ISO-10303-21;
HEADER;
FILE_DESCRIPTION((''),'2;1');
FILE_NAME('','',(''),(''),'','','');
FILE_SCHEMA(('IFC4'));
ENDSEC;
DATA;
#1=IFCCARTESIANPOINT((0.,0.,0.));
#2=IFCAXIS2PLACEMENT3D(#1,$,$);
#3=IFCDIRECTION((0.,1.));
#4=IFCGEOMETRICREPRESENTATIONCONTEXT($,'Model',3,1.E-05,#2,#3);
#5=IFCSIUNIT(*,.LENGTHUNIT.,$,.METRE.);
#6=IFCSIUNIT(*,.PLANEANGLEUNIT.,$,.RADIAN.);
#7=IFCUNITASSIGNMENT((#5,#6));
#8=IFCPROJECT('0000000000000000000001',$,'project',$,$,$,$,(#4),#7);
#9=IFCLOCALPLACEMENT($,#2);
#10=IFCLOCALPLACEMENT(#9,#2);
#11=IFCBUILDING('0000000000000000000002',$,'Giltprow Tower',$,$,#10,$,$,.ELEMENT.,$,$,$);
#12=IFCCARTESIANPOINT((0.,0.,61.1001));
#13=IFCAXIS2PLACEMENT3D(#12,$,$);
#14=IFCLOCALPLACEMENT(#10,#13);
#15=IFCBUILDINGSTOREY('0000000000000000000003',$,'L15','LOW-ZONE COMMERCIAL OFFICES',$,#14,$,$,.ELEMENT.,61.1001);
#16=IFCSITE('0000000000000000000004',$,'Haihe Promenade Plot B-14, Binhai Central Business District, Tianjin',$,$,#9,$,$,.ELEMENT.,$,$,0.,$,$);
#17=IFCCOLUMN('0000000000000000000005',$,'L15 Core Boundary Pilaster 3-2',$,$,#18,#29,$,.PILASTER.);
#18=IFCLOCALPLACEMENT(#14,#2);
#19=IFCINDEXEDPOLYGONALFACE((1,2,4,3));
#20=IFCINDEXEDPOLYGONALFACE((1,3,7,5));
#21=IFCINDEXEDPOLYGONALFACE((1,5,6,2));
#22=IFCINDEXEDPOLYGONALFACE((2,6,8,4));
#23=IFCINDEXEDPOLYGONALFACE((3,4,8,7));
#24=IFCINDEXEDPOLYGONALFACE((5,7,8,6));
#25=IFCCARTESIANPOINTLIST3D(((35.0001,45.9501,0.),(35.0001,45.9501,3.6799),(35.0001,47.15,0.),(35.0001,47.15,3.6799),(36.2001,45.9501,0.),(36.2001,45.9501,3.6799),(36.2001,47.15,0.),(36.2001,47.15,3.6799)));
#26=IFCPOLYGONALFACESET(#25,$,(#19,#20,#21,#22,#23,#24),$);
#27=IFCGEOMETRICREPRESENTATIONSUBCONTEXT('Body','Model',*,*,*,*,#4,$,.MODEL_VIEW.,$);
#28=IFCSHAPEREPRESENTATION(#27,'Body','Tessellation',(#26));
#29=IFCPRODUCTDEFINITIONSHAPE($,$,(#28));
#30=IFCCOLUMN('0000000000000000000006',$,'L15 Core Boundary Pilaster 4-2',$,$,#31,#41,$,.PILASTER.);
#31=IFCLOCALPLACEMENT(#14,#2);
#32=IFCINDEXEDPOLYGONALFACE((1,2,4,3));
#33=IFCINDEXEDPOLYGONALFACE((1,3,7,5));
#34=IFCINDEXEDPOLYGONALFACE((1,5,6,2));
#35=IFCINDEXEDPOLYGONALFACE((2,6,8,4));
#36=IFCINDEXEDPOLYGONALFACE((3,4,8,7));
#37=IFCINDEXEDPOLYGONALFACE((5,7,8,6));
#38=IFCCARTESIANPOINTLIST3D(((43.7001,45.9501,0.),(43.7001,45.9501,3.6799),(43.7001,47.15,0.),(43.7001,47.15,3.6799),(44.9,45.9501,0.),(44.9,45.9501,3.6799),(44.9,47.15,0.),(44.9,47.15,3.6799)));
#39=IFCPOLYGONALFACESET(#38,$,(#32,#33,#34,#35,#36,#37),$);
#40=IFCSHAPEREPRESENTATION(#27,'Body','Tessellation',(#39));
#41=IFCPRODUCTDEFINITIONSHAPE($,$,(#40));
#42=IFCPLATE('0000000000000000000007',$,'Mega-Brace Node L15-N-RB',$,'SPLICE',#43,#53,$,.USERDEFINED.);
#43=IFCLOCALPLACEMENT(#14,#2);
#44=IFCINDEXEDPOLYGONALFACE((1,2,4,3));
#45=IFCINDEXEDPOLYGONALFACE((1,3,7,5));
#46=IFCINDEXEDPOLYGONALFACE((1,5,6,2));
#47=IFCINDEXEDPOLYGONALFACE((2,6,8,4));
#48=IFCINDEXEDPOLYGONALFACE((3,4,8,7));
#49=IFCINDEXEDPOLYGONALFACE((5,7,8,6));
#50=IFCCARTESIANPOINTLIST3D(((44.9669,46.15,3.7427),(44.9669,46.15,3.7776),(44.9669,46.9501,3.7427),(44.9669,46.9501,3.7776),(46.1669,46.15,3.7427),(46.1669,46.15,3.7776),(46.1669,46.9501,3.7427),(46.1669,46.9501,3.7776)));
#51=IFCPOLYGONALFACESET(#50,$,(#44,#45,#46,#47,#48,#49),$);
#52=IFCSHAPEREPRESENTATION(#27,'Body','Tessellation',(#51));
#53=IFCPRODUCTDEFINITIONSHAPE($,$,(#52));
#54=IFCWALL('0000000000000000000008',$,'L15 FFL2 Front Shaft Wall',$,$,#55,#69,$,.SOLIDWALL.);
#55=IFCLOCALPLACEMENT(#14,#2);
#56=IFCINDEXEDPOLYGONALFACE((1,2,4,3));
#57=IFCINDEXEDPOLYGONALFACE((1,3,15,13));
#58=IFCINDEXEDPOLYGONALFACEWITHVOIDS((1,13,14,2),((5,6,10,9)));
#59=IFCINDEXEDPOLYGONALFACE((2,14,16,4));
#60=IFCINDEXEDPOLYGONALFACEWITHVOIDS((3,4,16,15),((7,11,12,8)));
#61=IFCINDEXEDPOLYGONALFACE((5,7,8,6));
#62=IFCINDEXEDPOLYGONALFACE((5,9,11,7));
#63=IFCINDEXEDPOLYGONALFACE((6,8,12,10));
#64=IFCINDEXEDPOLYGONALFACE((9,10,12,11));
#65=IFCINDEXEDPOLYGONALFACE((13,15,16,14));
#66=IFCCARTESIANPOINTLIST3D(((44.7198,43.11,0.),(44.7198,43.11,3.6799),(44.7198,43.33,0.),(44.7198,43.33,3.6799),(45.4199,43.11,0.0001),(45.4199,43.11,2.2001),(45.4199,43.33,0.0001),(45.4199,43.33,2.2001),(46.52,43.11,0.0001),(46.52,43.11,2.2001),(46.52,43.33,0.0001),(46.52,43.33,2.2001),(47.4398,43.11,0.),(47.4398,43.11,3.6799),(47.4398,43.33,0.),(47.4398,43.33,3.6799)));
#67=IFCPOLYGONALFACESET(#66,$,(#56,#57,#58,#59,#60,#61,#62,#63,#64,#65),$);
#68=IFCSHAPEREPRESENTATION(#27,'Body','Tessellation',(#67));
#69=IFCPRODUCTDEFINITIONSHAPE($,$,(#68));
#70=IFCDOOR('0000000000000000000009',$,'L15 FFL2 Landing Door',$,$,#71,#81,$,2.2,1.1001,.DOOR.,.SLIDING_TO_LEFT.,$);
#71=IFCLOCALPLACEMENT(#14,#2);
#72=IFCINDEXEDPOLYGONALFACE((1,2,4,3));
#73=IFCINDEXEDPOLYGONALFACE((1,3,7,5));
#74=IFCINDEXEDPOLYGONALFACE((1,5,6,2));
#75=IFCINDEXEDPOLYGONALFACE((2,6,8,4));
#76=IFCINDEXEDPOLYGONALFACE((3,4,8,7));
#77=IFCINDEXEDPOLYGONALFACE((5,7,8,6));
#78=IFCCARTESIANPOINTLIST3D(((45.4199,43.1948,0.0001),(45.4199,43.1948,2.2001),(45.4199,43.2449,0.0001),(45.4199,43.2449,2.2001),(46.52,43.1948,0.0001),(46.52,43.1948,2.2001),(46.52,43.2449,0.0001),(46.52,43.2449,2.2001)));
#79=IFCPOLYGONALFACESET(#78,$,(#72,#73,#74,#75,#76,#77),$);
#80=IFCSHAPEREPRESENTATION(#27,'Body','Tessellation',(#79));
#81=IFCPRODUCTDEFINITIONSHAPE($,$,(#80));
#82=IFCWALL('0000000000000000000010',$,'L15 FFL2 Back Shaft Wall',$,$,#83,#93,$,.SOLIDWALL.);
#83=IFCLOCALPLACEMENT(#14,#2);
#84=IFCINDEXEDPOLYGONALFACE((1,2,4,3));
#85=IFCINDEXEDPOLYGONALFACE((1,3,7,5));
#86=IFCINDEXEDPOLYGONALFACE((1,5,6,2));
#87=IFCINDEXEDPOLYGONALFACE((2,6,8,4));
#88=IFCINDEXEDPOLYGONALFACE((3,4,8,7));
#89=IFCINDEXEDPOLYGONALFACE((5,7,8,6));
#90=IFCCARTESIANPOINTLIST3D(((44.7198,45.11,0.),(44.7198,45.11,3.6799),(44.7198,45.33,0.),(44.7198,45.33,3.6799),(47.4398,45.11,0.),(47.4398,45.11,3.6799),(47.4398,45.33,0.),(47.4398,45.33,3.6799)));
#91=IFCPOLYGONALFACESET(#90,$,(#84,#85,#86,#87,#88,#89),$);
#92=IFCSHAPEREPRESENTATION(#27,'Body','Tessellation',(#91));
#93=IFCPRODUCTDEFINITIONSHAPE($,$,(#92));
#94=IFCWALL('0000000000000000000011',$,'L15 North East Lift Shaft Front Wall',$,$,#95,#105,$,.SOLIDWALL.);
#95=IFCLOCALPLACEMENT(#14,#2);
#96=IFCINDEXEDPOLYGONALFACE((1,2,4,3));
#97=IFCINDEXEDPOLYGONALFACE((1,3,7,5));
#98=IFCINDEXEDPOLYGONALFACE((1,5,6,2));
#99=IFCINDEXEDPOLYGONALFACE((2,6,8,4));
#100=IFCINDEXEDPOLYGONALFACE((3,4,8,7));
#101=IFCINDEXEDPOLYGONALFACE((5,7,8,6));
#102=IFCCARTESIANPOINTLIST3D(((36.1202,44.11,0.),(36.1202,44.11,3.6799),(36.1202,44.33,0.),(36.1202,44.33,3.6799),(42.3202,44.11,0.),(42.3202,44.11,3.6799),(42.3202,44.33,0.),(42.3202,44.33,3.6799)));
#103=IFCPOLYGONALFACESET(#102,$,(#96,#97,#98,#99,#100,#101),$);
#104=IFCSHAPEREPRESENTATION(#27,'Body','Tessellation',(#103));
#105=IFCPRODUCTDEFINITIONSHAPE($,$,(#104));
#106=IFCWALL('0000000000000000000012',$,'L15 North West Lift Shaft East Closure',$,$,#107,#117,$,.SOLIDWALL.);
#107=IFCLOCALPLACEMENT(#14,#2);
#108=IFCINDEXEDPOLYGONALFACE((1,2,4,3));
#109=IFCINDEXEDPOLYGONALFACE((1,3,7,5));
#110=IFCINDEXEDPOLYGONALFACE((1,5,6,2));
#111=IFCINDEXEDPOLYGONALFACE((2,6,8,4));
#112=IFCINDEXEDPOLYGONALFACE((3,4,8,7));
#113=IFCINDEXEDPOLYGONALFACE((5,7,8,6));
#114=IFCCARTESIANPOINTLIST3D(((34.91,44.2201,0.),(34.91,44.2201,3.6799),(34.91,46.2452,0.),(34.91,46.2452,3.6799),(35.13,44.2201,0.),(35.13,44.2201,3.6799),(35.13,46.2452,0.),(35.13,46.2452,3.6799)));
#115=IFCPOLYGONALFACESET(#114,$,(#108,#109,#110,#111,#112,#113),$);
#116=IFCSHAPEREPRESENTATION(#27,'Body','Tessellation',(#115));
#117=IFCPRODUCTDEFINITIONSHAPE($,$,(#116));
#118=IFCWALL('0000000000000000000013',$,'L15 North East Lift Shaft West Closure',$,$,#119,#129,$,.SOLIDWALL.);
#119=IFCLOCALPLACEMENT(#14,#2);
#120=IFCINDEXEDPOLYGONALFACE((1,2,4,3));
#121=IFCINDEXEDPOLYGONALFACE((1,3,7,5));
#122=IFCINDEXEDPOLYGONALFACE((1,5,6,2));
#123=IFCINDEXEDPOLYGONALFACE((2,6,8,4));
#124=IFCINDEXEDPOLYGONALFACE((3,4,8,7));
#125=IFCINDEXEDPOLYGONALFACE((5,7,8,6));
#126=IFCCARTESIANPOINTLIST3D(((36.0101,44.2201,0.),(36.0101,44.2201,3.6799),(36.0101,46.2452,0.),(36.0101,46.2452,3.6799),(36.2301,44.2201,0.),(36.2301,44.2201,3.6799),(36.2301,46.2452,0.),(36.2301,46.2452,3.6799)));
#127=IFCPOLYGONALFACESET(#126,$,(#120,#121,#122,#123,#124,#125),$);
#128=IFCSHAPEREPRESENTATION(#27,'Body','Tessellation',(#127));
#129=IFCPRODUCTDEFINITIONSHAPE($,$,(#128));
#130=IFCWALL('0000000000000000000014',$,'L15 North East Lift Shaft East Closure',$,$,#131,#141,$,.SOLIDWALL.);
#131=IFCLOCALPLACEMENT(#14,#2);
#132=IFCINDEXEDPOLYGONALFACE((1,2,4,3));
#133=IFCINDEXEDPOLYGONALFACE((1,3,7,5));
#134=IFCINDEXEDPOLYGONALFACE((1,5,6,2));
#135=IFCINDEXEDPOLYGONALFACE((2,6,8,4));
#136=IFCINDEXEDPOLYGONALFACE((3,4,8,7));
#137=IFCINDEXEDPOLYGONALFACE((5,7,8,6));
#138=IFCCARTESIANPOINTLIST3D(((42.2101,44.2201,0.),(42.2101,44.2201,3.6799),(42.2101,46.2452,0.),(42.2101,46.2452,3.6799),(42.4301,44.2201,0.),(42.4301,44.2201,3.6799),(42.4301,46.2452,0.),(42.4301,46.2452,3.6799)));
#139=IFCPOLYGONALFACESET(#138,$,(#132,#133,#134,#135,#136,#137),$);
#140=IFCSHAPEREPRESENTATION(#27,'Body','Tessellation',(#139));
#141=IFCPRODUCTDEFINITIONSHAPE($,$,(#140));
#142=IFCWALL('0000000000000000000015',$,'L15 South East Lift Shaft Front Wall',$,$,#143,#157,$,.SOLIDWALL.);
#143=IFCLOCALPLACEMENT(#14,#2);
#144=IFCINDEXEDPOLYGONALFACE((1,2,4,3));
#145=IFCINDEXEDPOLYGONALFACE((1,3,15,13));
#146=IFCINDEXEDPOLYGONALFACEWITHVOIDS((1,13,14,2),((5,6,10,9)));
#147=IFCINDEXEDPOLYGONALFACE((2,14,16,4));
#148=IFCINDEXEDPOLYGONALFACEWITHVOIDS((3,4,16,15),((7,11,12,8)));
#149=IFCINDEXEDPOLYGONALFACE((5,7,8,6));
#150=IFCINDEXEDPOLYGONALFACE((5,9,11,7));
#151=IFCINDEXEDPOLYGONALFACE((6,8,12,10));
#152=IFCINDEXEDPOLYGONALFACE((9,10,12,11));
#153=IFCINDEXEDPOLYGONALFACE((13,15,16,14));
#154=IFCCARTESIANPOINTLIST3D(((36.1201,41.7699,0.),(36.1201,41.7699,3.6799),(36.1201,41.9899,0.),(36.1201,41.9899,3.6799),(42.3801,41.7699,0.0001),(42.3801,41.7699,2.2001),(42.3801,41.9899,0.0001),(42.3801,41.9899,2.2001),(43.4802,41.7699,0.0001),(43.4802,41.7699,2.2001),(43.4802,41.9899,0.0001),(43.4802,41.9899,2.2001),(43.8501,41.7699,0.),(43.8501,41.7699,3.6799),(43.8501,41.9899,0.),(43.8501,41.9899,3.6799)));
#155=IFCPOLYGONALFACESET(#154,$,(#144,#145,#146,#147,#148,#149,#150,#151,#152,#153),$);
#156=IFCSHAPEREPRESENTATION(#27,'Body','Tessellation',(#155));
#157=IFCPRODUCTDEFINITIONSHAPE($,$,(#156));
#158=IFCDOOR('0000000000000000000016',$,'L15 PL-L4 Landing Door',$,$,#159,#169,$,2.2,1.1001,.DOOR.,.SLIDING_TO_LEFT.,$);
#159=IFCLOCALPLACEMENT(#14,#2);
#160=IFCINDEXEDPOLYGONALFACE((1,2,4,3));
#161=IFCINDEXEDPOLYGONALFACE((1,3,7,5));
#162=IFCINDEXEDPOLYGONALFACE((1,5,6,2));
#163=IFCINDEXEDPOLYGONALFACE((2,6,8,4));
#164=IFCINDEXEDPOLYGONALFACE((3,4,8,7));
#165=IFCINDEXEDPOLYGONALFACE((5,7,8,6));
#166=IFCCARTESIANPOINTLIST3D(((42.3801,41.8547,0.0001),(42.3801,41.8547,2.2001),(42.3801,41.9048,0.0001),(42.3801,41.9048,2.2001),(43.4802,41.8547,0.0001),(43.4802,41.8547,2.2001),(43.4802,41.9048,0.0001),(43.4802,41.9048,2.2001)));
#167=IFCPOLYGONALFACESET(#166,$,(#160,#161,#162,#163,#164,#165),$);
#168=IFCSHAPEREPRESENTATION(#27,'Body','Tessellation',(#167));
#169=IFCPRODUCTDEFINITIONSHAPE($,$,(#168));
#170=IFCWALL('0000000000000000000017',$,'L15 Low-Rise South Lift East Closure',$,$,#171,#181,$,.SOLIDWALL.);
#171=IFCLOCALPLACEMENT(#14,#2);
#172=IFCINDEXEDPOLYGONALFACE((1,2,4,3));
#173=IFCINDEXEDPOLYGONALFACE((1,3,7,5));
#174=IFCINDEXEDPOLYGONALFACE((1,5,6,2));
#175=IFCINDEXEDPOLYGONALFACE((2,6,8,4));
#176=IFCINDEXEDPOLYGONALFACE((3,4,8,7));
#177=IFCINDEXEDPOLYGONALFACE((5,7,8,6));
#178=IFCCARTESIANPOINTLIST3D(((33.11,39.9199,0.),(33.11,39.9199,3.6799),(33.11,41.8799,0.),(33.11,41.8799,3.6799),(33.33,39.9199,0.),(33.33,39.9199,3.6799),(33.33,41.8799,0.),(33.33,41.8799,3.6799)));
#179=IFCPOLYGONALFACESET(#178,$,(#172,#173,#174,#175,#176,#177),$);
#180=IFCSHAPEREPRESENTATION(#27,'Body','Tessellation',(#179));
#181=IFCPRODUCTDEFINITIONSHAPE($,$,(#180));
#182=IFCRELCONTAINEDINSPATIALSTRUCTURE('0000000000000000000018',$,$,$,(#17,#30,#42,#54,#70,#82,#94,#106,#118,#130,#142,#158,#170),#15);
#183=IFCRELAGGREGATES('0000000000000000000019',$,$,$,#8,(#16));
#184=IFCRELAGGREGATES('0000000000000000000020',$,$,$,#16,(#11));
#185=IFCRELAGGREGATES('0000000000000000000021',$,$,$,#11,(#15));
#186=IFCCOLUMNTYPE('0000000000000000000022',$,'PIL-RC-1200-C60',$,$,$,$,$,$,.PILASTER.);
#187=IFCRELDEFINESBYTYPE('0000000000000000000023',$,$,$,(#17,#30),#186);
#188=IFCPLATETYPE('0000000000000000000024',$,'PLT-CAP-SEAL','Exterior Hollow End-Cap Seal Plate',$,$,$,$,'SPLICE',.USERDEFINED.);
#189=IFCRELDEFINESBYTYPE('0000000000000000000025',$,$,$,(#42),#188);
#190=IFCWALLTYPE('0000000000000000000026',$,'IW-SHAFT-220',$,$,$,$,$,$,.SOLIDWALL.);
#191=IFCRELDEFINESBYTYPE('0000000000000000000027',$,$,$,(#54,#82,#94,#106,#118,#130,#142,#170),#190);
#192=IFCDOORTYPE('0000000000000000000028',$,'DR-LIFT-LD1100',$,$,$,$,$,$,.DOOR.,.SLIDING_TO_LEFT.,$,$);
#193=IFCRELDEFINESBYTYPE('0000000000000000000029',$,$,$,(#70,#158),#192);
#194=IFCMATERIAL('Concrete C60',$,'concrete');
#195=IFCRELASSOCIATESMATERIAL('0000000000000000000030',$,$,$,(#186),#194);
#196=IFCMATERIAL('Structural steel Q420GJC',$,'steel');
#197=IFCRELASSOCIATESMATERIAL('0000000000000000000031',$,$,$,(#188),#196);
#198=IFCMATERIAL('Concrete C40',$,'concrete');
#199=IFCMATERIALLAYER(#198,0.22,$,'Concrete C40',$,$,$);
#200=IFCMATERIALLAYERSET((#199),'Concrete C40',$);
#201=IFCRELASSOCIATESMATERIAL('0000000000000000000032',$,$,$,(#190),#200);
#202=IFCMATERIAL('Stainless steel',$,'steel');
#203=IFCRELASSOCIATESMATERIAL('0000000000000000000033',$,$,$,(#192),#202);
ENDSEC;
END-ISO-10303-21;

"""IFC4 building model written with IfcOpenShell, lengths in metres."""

from ifc_helpers import new_model, si_unit, direction, frame, frame_2d, origin, origin_2d, place, context, subcontext, project, spatial, rectangle, extrude, source, transform, mapped, material, layer, layer_set, material_profile, profile_set, type_object, element, fill, save


model = new_model("IFC4")

# Units and contexts
model_context = context("Model", 3, precision=1e-05, world=origin(), true_north=direction((0.0, 1.0)))
body_context = subcontext(model_context, "Body", "Model", "MODEL_VIEW")
ifc_project = project(units=[si_unit("LENGTHUNIT", "METRE"), si_unit("PLANEANGLEUNIT", "RADIAN")], contexts=[model_context])

# Site, building, storey
site_placement = place(None, origin())
site = spatial("IfcSite", under=ifc_project, at=site_placement, Name="Haihe Promenade Plot B-14, Binhai Central Business District, Tianjin", CompositionType="ELEMENT", RefElevation=0.0)
building_placement = place(site_placement, origin())
building = spatial("IfcBuilding", under=site, at=building_placement, Name="Giltprow Tower", CompositionType="ELEMENT")
storey_placement = place(building_placement, frame((0.0, 0.0, 61.1001)))
storey = spatial("IfcBuildingStorey", under=building, at=storey_placement, Name="L15", Description="LOW-ZONE COMMERCIAL OFFICES", CompositionType="ELEMENT", Elevation=61.1001)

# Columns
ifc_material_1 = material(Name="Concrete C60", Category="concrete")
ifc_material_profile = material_profile(ifc_material_1, rectangle(XDim=1.2, YDim=1.2, at=origin_2d()), Name="RC 1200x1200")
ifc_profile_set = profile_set([ifc_material_profile], Name="Concrete C60")
column_type = type_object("IfcColumnType", Name="PIL-RC-1200-C60", PredefinedType="PILASTER", material=ifc_profile_set)
shared_shape_1 = source(origin(), body_context, "Body", "SweptSolid", [
    extrude(rectangle(XDim=1.2, YDim=1.2, at=origin_2d()), origin(), (0.0, 0.0, 1.0), 3.6799),
])
for number, where, z_axis, x_axis, name in (
    (1, (35.6001, 46.55, 0.0), (0.0, 0.0, 1.0), (1.0, 0.0, 0.0), "L15 Core Boundary Pilaster 3-2"),
    (2, (44.3, 46.55, 0.0), (0.0, 0.0, 1.0), (1.0, 0.0, 0.0), "L15 Core Boundary Pilaster 4-2"),
):
    element("IfcColumn", number, at=place(storey_placement, frame(where, z_axis=z_axis, x_axis=x_axis)), inside=storey, type_object=column_type, Name=name, PredefinedType="PILASTER", context=body_context, shape_type="MappedRepresentation", body=[
        mapped(shared_shape_1, transform((0.0, 0.0, 0.0), x_axis=(1.0, 0.0, 0.0), y_axis=(0.0, 1.0, 0.0), z_axis=(0.0, 0.0, 1.0), scale=1.0)),
    ])

# Plate
ifc_material_2 = material(Name="Structural steel Q420GJC", Category="steel")
plate_type = type_object("IfcPlateType", Name="PLT-CAP-SEAL", Description="Exterior Hollow End-Cap Seal Plate", ElementType="SPLICE", PredefinedType="USERDEFINED", material=ifc_material_2)
shared_shape_2 = source(origin(), body_context, "Body", "SweptSolid", [
    extrude(rectangle(XDim=1.2, YDim=0.8, at=origin_2d()), origin(), (0.0, 0.0, 1.0), 0.0349),
])
plate_placement = place(storey_placement, frame((45.5669, 46.55, 3.7427), z_axis=(0.0, 0.0, 1.0), x_axis=(1.0, 0.0, 0.0)))
element("IfcPlate", 3, at=plate_placement, inside=storey, type_object=plate_type, Name="Mega-Brace Node L15-N-RB", ObjectType="SPLICE", PredefinedType="USERDEFINED", context=body_context, shape_type="MappedRepresentation", body=[
    mapped(shared_shape_2, transform((0.0, 0.0, 0.0), x_axis=(1.0, 0.0, 0.0), y_axis=(0.0, 1.0, 0.0), z_axis=(0.0, 0.0, 1.0), scale=1.0)),
])

# Wall, opening, door
ifc_material_3 = material(Name="Concrete C40", Category="concrete")
ifc_layer_1 = layer(ifc_material_3, 0.22, Name="Concrete C40")
ifc_layer_set_1 = layer_set([ifc_layer_1], Name="Concrete C40")
wall_type_1 = type_object("IfcWallType", Name="IW-SHAFT-220", PredefinedType="SOLIDWALL", material=ifc_layer_set_1)
wall_1_placement = place(storey_placement, frame((44.72, 43.22, 0.0), z_axis=(0.0, 0.0, 1.0), x_axis=(1.0, 0.0, 0.0)))
wall_1 = element("IfcWall", 4, at=wall_1_placement, inside=storey, type_object=wall_type_1, Name="L15 FFL2 Front Shaft Wall", PredefinedType="SOLIDWALL", context=body_context, shape_type="SweptSolid", body=[
    extrude(rectangle(XDim=2.72, YDim=0.22, at=frame_2d((1.3599, 0.0))), origin(), (0.0, 0.0, 1.0), 3.6799),
])
opening_1_placement = place(wall_1_placement, frame((0.7, 0.0, 0.0)))
opening_1 = element("IfcOpeningElement", 5, at=opening_1_placement, cuts=wall_1, PredefinedType="OPENING", context=body_context, shape_type="SweptSolid", body=[
    extrude(rectangle(XDim=1.1001, YDim=2.2, at=frame_2d((0.55, 1.1001))), frame((0.0, 0.1199, 0.0), z_axis=(0.0, -1.0, 0.0), x_axis=(1.0, 0.0, 0.0)), (0.0, 0.0, 1.0), 0.24),
])
ifc_material_4 = material(Name="Stainless steel", Category="steel")
door_type = type_object("IfcDoorType", Name="DR-LIFT-LD1100", OperationType="SLIDING_TO_LEFT", PredefinedType="DOOR", material=ifc_material_4)
shared_shape_3 = source(origin(), body_context, "Body", "SweptSolid", [
    extrude(rectangle(XDim=1.1001, YDim=2.2, at=frame_2d((0.55, 1.1001))), frame((0.0, 0.0249, 0.0), z_axis=(0.0, -1.0, 0.0), x_axis=(1.0, 0.0, 0.0)), (0.0, 0.0, 1.0), 0.05),
])
door_1_placement = place(opening_1_placement, origin())
door_1 = element("IfcDoor", 6, at=door_1_placement, inside=storey, type_object=door_type, Name="L15 FFL2 Landing Door", OperationType="SLIDING_TO_LEFT", OverallHeight=2.2, OverallWidth=1.1001, PredefinedType="DOOR", context=body_context, shape_type="MappedRepresentation", body=[
    mapped(shared_shape_3, transform((0.0, 0.0, 0.0), x_axis=(1.0, 0.0, 0.0), y_axis=(0.0, 1.0, 0.0), z_axis=(0.0, 0.0, 1.0), scale=1.0)),
])
fill(opening_1, door_1)

# Walls
wall_2_placement = place(storey_placement, frame((44.72, 45.22, 0.0), z_axis=(0.0, 0.0, 1.0), x_axis=(1.0, 0.0, 0.0)))
element("IfcWall", 7, at=wall_2_placement, inside=storey, type_object=wall_type_1, Name="L15 FFL2 Back Shaft Wall", PredefinedType="SOLIDWALL", context=body_context, shape_type="SweptSolid", body=[
    extrude(rectangle(XDim=2.72, YDim=0.22, at=frame_2d((1.3599, 0.0))), origin(), (0.0, 0.0, 1.0), 3.6799),
])
wall_3_placement = place(storey_placement, frame((36.1201, 44.22, 0.0), z_axis=(0.0, 0.0, 1.0), x_axis=(1.0, 0.0, 0.0)))
element("IfcWall", 8, at=wall_3_placement, inside=storey, type_object=wall_type_1, Name="L15 North East Lift Shaft Front Wall", PredefinedType="SOLIDWALL", context=body_context, shape_type="SweptSolid", body=[
    extrude(rectangle(XDim=6.2, YDim=0.22, at=frame_2d((3.1001, 0.0))), origin(), (0.0, 0.0, 1.0), 3.6799),
])
for number, where, z_axis, x_axis, name in (
    (9, (35.02, 44.22, 0.0), (0.0, 0.0, 1.0), (0.0, 1.0, 0.0), "L15 North West Lift Shaft East Closure"),
    (10, (36.1201, 44.22, 0.0), (0.0, 0.0, 1.0), (0.0, 1.0, 0.0), "L15 North East Lift Shaft West Closure"),
    (11, (42.3201, 44.22, 0.0), (0.0, 0.0, 1.0), (0.0, 1.0, 0.0), "L15 North East Lift Shaft East Closure"),
):
    element("IfcWall", number, at=place(storey_placement, frame(where, z_axis=z_axis, x_axis=x_axis)), inside=storey, type_object=wall_type_1, Name=name, PredefinedType="SOLIDWALL", context=body_context, shape_type="SweptSolid", body=[
        extrude(rectangle(XDim=2.0251, YDim=0.22, at=frame_2d((1.0127, 0.0))), origin(), (0.0, 0.0, 1.0), 3.6799),
    ])

# Wall, opening, door
wall_4_placement = place(storey_placement, frame((36.1201, 41.8799, 0.0), z_axis=(0.0, 0.0, 1.0), x_axis=(1.0, 0.0, 0.0)))
wall_4 = element("IfcWall", 12, at=wall_4_placement, inside=storey, type_object=wall_type_1, Name="L15 South East Lift Shaft Front Wall", PredefinedType="SOLIDWALL", context=body_context, shape_type="SweptSolid", body=[
    extrude(rectangle(XDim=7.73, YDim=0.22, at=frame_2d((3.865, 0.0))), origin(), (0.0, 0.0, 1.0), 3.6799),
])
opening_2_placement = place(wall_4_placement, frame((6.26, 0.0, 0.0)))
opening_2 = element("IfcOpeningElement", 13, at=opening_2_placement, cuts=wall_4, PredefinedType="OPENING", context=body_context, shape_type="SweptSolid", body=[
    extrude(rectangle(XDim=1.1001, YDim=2.2, at=frame_2d((0.55, 1.1001))), frame((0.0, 0.1199, 0.0), z_axis=(0.0, -1.0, 0.0), x_axis=(1.0, 0.0, 0.0)), (0.0, 0.0, 1.0), 0.24),
])
door_2_placement = place(opening_2_placement, origin())
door_2 = element("IfcDoor", 14, at=door_2_placement, inside=storey, type_object=door_type, Name="L15 PL-L4 Landing Door", OperationType="SLIDING_TO_LEFT", OverallHeight=2.2, OverallWidth=1.1001, PredefinedType="DOOR", context=body_context, shape_type="MappedRepresentation", body=[
    mapped(shared_shape_3, transform((0.0, 0.0, 0.0), x_axis=(1.0, 0.0, 0.0), y_axis=(0.0, 1.0, 0.0), z_axis=(0.0, 0.0, 1.0), scale=1.0)),
])
fill(opening_2, door_2)

# Wall
wall_5_placement = place(storey_placement, frame((33.22, 39.9199, 0.0), z_axis=(0.0, 0.0, 1.0), x_axis=(0.0, 1.0, 0.0)))
element("IfcWall", 15, at=wall_5_placement, inside=storey, type_object=wall_type_1, Name="L15 Low-Rise South Lift East Closure", PredefinedType="SOLIDWALL", context=body_context, shape_type="SweptSolid", body=[
    extrude(rectangle(XDim=1.96, YDim=0.22, at=frame_2d((0.98, 0.0))), origin(), (0.0, 0.0, 1.0), 3.6799),
])

save(model, "model.ifc")
